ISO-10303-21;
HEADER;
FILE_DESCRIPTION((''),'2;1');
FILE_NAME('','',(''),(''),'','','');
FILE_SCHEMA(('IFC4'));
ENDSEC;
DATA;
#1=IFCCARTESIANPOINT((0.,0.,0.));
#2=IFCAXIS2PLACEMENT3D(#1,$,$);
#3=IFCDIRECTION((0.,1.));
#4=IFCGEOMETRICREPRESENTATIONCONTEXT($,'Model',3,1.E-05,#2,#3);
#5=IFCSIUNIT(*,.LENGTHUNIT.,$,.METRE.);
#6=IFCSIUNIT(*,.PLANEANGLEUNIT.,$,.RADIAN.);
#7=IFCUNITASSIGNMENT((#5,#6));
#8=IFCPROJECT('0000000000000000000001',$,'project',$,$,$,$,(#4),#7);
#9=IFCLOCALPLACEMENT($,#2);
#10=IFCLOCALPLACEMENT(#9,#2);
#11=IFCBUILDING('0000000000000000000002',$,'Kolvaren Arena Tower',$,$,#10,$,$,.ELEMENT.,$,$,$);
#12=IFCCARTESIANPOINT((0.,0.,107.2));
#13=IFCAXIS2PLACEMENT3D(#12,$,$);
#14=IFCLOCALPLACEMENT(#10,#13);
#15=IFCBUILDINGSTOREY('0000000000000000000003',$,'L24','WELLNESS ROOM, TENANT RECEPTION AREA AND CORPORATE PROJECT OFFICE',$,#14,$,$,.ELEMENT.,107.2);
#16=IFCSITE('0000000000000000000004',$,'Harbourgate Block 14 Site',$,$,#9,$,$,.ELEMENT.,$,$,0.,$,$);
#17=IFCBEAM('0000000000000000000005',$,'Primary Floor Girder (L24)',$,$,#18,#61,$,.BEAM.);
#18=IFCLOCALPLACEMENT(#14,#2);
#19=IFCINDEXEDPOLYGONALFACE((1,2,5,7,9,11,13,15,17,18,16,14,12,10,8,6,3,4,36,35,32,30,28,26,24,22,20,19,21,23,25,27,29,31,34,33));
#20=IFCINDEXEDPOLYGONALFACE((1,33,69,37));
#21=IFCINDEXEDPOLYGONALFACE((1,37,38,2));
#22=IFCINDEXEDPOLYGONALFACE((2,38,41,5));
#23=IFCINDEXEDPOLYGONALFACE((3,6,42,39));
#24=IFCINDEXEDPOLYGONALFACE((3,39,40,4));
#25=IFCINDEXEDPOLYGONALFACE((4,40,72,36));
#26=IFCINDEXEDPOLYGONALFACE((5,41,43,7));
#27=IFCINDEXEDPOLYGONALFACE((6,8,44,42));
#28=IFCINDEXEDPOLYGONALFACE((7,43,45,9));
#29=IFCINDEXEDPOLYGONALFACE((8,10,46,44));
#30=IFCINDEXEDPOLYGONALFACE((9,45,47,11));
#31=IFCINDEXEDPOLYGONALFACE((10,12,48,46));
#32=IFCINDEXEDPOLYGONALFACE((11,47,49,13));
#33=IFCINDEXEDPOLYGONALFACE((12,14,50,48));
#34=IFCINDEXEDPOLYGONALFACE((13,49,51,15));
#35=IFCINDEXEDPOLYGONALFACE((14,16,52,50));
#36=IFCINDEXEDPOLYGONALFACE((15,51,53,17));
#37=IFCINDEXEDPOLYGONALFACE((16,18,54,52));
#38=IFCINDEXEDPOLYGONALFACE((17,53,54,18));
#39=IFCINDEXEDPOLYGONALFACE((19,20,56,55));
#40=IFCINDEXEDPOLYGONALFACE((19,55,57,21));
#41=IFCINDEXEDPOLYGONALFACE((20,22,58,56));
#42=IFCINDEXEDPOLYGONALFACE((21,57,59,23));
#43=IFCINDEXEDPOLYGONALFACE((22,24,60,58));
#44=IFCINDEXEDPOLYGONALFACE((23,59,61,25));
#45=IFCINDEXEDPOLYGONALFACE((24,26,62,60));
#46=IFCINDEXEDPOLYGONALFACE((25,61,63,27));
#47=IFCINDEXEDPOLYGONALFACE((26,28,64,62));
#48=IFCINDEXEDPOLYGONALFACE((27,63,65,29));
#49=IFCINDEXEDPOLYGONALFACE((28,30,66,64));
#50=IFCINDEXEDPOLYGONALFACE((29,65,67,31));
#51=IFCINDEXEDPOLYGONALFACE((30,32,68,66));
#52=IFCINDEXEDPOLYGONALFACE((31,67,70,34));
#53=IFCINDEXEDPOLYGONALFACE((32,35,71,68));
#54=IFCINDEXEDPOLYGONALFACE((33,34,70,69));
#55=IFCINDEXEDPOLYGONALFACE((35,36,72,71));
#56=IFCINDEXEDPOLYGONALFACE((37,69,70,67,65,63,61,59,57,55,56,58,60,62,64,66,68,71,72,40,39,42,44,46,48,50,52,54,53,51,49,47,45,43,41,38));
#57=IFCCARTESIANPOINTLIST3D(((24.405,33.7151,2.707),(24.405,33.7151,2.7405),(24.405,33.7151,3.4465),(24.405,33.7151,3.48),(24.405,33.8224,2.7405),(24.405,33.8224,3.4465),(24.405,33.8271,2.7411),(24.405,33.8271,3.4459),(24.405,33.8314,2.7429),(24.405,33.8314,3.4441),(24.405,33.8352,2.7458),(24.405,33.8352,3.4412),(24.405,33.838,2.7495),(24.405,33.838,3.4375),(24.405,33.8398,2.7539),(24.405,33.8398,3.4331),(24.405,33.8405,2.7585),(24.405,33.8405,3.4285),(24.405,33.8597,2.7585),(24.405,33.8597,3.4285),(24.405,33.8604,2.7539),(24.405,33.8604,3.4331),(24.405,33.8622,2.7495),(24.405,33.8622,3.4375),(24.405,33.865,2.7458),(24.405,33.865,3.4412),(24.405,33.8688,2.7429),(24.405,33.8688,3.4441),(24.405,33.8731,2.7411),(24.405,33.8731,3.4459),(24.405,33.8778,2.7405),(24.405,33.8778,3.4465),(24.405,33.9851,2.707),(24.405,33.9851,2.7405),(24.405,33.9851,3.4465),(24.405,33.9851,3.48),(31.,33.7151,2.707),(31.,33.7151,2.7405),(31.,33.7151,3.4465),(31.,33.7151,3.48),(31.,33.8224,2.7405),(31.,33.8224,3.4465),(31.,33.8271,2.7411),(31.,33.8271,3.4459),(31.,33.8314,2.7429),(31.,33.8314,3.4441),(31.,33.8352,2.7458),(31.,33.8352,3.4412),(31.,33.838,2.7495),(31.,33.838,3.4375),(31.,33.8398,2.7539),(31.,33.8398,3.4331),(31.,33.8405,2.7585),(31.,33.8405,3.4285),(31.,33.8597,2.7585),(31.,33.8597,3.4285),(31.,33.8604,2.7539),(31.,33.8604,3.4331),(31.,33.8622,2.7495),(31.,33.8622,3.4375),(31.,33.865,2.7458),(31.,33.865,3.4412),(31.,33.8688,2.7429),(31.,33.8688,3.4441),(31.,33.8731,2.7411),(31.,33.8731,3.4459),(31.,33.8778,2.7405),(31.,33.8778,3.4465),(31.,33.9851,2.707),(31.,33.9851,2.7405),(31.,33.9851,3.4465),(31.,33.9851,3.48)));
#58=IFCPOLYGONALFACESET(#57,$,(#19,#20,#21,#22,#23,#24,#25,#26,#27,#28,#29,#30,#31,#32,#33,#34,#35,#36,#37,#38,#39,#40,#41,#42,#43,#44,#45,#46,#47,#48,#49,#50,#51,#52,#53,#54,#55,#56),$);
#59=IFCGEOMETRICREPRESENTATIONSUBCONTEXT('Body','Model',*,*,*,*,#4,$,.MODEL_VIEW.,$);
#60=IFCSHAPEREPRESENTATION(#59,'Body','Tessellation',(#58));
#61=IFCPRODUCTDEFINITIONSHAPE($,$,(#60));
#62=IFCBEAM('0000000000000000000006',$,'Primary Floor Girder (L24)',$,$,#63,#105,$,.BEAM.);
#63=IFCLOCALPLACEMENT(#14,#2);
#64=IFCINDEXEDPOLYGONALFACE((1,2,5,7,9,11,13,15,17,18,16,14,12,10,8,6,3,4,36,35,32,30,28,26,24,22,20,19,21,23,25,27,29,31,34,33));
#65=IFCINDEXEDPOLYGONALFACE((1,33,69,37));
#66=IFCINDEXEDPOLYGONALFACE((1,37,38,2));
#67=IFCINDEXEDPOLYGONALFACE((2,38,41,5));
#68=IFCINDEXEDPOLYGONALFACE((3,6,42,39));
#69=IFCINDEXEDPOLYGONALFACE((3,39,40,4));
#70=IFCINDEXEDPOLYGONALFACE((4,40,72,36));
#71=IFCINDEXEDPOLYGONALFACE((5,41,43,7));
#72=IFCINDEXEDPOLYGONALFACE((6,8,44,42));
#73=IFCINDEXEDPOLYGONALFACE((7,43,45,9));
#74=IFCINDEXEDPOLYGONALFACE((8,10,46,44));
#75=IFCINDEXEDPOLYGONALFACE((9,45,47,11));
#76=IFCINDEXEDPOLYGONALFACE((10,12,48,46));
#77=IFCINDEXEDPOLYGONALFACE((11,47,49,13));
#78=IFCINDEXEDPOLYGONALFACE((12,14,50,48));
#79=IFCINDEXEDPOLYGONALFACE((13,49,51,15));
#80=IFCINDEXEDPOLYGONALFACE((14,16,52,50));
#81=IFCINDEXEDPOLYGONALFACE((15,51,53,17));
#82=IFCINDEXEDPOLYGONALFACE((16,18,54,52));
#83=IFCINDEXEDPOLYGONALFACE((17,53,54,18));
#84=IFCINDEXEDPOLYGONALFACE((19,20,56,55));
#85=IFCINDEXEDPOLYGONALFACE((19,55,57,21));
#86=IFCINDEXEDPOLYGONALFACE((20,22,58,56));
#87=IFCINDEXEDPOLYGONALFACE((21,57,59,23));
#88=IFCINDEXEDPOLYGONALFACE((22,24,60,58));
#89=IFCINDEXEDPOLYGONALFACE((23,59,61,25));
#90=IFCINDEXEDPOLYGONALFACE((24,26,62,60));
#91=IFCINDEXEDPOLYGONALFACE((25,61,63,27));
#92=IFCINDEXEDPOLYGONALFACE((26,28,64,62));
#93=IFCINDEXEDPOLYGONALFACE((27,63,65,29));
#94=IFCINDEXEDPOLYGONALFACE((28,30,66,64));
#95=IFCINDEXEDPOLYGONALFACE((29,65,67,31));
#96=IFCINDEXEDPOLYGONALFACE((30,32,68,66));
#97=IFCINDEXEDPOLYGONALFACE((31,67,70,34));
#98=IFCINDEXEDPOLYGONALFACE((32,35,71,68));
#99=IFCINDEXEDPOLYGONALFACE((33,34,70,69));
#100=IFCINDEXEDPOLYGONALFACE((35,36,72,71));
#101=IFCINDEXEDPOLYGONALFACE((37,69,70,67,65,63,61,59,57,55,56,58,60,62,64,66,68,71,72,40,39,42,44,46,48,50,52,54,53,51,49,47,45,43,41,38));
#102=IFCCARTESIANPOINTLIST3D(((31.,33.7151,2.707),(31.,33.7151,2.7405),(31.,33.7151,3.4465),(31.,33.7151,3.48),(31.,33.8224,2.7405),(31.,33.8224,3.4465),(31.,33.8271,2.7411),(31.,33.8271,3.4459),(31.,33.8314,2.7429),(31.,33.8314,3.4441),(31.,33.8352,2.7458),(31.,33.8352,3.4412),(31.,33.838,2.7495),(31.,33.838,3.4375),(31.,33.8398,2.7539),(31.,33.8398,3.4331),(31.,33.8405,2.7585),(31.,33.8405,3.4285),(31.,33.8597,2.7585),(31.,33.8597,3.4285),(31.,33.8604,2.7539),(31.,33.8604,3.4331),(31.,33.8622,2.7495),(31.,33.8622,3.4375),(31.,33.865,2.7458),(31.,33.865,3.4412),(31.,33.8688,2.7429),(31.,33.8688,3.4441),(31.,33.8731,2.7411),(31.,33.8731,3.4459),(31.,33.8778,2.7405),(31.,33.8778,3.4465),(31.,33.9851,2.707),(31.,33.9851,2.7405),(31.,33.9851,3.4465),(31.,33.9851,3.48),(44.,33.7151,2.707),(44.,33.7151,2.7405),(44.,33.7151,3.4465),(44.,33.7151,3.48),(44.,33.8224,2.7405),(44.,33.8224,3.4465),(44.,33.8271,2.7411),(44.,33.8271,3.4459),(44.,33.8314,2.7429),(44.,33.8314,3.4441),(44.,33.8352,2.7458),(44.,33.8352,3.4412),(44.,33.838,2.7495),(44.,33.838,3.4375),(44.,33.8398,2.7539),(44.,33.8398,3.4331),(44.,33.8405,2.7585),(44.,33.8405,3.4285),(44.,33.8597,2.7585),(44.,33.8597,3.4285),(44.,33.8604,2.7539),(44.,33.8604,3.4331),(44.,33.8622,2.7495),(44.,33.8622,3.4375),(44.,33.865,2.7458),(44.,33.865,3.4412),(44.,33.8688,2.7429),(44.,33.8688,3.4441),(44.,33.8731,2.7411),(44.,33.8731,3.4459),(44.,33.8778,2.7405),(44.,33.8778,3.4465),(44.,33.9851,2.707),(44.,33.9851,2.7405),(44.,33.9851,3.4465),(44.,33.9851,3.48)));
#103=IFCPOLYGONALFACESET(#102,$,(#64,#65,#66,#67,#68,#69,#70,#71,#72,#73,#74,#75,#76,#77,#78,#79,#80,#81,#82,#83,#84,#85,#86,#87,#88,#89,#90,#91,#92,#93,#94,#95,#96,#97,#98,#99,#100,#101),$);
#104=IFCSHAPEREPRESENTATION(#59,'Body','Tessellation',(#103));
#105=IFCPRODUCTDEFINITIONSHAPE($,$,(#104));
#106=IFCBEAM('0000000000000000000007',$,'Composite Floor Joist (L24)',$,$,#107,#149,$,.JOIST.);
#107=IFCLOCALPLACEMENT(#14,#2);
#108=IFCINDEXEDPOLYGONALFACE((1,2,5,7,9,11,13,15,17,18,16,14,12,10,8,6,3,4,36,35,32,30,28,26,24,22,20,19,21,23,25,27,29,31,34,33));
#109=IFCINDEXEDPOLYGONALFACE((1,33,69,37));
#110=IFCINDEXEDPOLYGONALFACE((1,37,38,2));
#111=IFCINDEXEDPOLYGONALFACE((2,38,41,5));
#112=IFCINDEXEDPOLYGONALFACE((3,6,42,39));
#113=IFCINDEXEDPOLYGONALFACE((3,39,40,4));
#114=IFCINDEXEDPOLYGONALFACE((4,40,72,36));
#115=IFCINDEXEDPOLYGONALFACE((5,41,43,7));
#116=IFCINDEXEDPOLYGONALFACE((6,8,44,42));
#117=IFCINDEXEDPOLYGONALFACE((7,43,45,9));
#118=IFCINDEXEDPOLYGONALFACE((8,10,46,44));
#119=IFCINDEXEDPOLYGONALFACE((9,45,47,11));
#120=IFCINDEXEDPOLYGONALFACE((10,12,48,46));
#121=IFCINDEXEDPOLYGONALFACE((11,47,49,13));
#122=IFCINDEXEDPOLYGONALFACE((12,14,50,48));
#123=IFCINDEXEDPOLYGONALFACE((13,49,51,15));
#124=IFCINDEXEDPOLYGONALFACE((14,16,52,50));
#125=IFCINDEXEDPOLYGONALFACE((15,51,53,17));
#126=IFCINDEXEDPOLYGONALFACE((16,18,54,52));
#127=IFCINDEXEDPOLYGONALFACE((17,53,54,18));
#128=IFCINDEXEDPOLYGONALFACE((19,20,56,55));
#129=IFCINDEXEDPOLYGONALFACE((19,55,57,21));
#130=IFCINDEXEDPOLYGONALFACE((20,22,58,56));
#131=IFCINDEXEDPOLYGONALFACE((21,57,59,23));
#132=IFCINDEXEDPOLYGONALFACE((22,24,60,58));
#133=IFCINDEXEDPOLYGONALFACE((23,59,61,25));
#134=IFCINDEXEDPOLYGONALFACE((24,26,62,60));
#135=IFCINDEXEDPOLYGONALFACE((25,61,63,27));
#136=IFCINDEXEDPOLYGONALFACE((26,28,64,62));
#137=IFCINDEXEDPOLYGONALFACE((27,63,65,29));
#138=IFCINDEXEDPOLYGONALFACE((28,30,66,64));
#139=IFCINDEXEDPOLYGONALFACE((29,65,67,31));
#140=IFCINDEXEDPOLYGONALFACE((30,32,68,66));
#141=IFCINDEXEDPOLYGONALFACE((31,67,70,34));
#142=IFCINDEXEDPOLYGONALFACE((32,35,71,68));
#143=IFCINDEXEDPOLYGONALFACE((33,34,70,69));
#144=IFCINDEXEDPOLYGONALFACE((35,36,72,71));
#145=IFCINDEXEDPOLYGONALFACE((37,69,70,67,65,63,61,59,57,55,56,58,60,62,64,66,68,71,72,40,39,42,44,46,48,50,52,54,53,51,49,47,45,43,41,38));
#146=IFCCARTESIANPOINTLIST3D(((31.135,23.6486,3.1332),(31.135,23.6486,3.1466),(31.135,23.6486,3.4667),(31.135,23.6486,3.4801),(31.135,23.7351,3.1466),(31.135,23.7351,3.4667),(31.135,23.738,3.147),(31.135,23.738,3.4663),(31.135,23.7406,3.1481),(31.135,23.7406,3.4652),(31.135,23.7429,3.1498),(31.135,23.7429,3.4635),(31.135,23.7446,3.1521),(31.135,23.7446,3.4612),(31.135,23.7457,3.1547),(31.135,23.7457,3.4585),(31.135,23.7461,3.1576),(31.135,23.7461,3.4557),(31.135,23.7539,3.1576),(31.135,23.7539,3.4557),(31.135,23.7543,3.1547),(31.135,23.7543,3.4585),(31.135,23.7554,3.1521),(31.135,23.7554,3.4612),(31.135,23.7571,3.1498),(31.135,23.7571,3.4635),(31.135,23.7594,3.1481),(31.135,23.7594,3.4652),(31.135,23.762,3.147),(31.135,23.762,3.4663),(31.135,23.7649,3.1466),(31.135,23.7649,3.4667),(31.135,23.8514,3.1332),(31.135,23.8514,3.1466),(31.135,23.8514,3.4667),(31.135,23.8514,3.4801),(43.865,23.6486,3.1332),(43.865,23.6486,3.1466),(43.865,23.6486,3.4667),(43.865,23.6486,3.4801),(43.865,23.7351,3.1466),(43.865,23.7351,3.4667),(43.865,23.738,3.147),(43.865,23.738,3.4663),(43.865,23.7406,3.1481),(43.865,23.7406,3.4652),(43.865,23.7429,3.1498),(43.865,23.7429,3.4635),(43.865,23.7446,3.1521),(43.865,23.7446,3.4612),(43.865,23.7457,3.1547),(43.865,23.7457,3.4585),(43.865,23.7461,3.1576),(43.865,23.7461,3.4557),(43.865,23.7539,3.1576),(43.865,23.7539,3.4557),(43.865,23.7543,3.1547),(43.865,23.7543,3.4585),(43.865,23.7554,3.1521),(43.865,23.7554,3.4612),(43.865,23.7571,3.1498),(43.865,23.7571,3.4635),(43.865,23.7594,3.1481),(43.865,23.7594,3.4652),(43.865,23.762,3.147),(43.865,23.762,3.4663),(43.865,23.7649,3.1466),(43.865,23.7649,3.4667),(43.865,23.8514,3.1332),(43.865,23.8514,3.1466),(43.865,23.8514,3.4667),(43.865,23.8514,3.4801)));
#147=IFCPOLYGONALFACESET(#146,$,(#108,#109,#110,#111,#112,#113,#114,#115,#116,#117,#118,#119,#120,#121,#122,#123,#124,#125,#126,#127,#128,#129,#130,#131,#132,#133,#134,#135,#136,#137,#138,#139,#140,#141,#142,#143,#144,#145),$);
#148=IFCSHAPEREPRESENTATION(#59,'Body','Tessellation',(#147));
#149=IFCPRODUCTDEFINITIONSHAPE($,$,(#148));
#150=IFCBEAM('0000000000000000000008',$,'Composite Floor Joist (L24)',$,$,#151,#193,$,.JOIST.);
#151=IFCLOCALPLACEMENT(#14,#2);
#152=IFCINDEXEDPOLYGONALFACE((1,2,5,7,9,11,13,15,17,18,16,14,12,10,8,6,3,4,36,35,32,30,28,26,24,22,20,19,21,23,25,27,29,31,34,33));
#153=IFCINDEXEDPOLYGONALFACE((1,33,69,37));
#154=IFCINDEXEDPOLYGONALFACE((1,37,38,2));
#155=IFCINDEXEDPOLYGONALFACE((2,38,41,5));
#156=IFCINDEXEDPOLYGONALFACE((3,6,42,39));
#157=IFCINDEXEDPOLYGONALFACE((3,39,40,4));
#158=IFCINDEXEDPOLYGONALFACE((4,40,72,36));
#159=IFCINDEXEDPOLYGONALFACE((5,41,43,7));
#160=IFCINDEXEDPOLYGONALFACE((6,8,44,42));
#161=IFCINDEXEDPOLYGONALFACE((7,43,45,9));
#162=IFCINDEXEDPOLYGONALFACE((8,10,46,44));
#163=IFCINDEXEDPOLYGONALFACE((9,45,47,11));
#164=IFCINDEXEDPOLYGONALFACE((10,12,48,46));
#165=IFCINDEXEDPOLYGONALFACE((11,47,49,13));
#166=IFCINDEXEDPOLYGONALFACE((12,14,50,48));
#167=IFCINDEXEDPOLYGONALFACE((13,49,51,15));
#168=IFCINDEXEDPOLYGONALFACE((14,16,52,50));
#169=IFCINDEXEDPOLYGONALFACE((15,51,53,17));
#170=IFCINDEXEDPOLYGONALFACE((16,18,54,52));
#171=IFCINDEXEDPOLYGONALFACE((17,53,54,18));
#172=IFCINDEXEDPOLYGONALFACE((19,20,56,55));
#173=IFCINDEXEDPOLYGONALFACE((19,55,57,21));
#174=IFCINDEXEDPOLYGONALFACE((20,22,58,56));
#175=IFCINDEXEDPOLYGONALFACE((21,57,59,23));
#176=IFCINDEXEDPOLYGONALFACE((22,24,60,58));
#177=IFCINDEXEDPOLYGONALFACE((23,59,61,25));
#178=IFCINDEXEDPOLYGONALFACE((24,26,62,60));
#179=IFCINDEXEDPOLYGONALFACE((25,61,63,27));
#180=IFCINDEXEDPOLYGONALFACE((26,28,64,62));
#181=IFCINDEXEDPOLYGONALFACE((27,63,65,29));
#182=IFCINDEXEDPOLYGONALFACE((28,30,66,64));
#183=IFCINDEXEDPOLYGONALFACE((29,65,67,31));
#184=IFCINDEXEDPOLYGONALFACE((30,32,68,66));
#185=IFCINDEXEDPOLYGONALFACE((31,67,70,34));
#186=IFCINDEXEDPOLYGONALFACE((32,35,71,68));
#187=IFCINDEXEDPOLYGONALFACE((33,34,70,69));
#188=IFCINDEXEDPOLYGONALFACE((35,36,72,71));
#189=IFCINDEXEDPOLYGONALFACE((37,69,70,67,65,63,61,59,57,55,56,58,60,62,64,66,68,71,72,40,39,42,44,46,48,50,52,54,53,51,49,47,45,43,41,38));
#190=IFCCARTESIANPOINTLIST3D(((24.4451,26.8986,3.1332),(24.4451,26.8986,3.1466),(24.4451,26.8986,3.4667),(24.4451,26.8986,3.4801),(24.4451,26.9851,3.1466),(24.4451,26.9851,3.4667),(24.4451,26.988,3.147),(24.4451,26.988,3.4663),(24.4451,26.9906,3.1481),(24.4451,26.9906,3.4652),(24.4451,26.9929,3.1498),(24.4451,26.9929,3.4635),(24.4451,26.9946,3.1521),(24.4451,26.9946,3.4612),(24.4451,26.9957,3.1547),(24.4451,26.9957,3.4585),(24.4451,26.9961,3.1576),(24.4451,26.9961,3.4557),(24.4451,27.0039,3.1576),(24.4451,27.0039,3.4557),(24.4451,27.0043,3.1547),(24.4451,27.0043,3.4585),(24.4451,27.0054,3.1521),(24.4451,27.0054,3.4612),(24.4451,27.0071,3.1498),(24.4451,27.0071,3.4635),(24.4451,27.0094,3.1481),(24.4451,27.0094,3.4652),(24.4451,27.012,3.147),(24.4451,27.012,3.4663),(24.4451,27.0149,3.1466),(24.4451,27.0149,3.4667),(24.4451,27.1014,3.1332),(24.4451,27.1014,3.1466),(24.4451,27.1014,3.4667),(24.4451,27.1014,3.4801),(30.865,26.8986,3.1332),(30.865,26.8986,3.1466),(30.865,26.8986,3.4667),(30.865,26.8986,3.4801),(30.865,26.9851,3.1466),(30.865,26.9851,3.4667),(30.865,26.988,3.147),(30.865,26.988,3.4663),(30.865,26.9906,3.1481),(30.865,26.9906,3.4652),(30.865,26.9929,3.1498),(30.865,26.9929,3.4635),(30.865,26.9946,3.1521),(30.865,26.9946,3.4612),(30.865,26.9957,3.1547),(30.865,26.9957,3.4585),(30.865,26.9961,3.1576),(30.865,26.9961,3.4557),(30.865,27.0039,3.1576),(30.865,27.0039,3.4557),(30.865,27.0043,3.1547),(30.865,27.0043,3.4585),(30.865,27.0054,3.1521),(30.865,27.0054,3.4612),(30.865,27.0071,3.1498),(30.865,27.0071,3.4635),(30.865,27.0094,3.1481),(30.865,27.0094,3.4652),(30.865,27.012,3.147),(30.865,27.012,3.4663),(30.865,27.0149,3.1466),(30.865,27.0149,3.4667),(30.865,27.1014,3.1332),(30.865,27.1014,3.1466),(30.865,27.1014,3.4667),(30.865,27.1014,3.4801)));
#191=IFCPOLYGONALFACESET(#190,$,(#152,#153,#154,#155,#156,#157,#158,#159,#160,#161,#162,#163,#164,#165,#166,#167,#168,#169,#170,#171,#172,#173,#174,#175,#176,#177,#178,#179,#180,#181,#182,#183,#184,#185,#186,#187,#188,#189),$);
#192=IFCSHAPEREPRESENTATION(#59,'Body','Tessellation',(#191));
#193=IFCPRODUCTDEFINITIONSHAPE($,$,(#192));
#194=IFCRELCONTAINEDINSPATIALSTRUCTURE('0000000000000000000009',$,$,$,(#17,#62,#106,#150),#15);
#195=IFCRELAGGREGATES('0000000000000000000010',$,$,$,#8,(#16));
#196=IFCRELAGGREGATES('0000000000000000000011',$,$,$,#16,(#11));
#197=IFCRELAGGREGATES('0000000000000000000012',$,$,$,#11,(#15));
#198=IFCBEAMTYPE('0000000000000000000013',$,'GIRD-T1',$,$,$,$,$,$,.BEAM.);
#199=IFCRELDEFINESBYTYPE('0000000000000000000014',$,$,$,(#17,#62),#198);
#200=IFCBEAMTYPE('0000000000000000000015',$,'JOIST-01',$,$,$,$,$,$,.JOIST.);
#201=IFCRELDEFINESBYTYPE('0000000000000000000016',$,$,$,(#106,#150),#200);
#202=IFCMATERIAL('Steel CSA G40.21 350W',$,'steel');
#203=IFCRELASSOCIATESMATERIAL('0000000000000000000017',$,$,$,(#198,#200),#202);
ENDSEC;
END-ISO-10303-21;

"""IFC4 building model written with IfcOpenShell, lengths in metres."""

from ifc_helpers import new_model, si_unit, direction, frame, origin, origin_2d, place, context, subcontext, project, spatial, i_section, extrude, material, material_profile, profile_set, type_object, element, save


model = new_model("IFC4")

# Units and contexts
model_context = context("Model", 3, precision=1e-05, world=origin(), true_north=direction((0.0, 1.0)))
body_context = subcontext(model_context, "Body", "Model", "MODEL_VIEW")
ifc_project = project(units=[si_unit("LENGTHUNIT", "METRE"), si_unit("PLANEANGLEUNIT", "RADIAN")], contexts=[model_context])

# Site, building, storey
site_placement = place(None, origin())
site = spatial("IfcSite", under=ifc_project, at=site_placement, Name="Harbourgate Block 14 Site", CompositionType="ELEMENT", RefElevation=0.0)
building_placement = place(site_placement, origin())
building = spatial("IfcBuilding", under=site, at=building_placement, Name="Kolvaren Arena Tower", CompositionType="ELEMENT")
storey_placement = place(building_placement, frame((0.0, 0.0, 107.2)))
storey = spatial("IfcBuildingStorey", under=building, at=storey_placement, Name="L24", Description="WELLNESS ROOM, TENANT RECEPTION AREA AND CORPORATE PROJECT OFFICE", CompositionType="ELEMENT", Elevation=107.2)

# Beams
ifc_material_1 = material(Name="Steel CSA G40.21 350W", Category="steel")
ifc_material_profile_1 = material_profile(ifc_material_1, i_section(OverallWidth=0.27, OverallDepth=0.7729, WebThickness=0.0193, FlangeThickness=0.0334, FilletRadius=0.0181, at=origin_2d()), Name="W760x257")
ifc_profile_set_1 = profile_set([ifc_material_profile_1], Name="Steel CSA G40.21 350W")
beam_type_1 = type_object("IfcBeamType", Name="GIRD-T1", PredefinedType="BEAM", material=ifc_profile_set_1)
beam_1_placement = place(storey_placement, frame((24.405, 33.8501, 3.0935), z_axis=(1.0, 0.0, 0.0), x_axis=(0.0, 1.0, 0.0)))
element("IfcBeam", 1, at=beam_1_placement, inside=storey, type_object=beam_type_1, Name="Primary Floor Girder (L24)", PredefinedType="BEAM", context=body_context, shape_type="SweptSolid", body=[
    extrude(i_section(OverallWidth=0.27, OverallDepth=0.7729, WebThickness=0.0193, FlangeThickness=0.0334, FilletRadius=0.0181, at=origin_2d()), origin(), (0.0, 0.0, 1.0), 6.595),
])
beam_2_placement = place(storey_placement, frame((31.0, 33.8501, 3.0935), z_axis=(1.0, 0.0, 0.0), x_axis=(0.0, 1.0, 0.0)))
element("IfcBeam", 2, at=beam_2_placement, inside=storey, type_object=beam_type_1, Name="Primary Floor Girder (L24)", PredefinedType="BEAM", context=body_context, shape_type="SweptSolid", body=[
    extrude(i_section(OverallWidth=0.27, OverallDepth=0.7729, WebThickness=0.0193, FlangeThickness=0.0334, FilletRadius=0.0181, at=origin_2d()), origin(), (0.0, 0.0, 1.0), 13.0),
])
ifc_material_profile_2 = material_profile(ifc_material_1, i_section(OverallWidth=0.2029, OverallDepth=0.3469, WebThickness=0.0078, FlangeThickness=0.0134, FilletRadius=0.011, at=origin_2d()), Name="W360x64")
ifc_profile_set_2 = profile_set([ifc_material_profile_2], Name="Steel CSA G40.21 350W")
beam_type_2 = type_object("IfcBeamType", Name="JOIST-01", PredefinedType="JOIST", material=ifc_profile_set_2)
beam_3_placement = place(storey_placement, frame((31.135, 23.75, 3.3066), z_axis=(1.0, 0.0, 0.0), x_axis=(0.0, 1.0, 0.0)))
element("IfcBeam", 3, at=beam_3_placement, inside=storey, type_object=beam_type_2, Name="Composite Floor Joist (L24)", PredefinedType="JOIST", context=body_context, shape_type="SweptSolid", body=[
    extrude(i_section(OverallWidth=0.2029, OverallDepth=0.3469, WebThickness=0.0078, FlangeThickness=0.0134, FilletRadius=0.011, at=origin_2d()), origin(), (0.0, 0.0, 1.0), 12.73),
])
for number, where, z_axis, x_axis, name in (
    (4, (24.4451, 27.0, 3.3066), (1.0, 0.0, 0.0), (0.0, 1.0, 0.0), "Composite Floor Joist (L24)"),
):
    element("IfcBeam", number, at=place(storey_placement, frame(where, z_axis=z_axis, x_axis=x_axis)), inside=storey, type_object=beam_type_2, Name=name, PredefinedType="JOIST", context=body_context, shape_type="SweptSolid", body=[
        extrude(i_section(OverallWidth=0.2029, OverallDepth=0.3469, WebThickness=0.0078, FlangeThickness=0.0134, FilletRadius=0.011, at=origin_2d()), origin(), (0.0, 0.0, 1.0), 6.4199),
    ])

save(model, "model.ifc")
